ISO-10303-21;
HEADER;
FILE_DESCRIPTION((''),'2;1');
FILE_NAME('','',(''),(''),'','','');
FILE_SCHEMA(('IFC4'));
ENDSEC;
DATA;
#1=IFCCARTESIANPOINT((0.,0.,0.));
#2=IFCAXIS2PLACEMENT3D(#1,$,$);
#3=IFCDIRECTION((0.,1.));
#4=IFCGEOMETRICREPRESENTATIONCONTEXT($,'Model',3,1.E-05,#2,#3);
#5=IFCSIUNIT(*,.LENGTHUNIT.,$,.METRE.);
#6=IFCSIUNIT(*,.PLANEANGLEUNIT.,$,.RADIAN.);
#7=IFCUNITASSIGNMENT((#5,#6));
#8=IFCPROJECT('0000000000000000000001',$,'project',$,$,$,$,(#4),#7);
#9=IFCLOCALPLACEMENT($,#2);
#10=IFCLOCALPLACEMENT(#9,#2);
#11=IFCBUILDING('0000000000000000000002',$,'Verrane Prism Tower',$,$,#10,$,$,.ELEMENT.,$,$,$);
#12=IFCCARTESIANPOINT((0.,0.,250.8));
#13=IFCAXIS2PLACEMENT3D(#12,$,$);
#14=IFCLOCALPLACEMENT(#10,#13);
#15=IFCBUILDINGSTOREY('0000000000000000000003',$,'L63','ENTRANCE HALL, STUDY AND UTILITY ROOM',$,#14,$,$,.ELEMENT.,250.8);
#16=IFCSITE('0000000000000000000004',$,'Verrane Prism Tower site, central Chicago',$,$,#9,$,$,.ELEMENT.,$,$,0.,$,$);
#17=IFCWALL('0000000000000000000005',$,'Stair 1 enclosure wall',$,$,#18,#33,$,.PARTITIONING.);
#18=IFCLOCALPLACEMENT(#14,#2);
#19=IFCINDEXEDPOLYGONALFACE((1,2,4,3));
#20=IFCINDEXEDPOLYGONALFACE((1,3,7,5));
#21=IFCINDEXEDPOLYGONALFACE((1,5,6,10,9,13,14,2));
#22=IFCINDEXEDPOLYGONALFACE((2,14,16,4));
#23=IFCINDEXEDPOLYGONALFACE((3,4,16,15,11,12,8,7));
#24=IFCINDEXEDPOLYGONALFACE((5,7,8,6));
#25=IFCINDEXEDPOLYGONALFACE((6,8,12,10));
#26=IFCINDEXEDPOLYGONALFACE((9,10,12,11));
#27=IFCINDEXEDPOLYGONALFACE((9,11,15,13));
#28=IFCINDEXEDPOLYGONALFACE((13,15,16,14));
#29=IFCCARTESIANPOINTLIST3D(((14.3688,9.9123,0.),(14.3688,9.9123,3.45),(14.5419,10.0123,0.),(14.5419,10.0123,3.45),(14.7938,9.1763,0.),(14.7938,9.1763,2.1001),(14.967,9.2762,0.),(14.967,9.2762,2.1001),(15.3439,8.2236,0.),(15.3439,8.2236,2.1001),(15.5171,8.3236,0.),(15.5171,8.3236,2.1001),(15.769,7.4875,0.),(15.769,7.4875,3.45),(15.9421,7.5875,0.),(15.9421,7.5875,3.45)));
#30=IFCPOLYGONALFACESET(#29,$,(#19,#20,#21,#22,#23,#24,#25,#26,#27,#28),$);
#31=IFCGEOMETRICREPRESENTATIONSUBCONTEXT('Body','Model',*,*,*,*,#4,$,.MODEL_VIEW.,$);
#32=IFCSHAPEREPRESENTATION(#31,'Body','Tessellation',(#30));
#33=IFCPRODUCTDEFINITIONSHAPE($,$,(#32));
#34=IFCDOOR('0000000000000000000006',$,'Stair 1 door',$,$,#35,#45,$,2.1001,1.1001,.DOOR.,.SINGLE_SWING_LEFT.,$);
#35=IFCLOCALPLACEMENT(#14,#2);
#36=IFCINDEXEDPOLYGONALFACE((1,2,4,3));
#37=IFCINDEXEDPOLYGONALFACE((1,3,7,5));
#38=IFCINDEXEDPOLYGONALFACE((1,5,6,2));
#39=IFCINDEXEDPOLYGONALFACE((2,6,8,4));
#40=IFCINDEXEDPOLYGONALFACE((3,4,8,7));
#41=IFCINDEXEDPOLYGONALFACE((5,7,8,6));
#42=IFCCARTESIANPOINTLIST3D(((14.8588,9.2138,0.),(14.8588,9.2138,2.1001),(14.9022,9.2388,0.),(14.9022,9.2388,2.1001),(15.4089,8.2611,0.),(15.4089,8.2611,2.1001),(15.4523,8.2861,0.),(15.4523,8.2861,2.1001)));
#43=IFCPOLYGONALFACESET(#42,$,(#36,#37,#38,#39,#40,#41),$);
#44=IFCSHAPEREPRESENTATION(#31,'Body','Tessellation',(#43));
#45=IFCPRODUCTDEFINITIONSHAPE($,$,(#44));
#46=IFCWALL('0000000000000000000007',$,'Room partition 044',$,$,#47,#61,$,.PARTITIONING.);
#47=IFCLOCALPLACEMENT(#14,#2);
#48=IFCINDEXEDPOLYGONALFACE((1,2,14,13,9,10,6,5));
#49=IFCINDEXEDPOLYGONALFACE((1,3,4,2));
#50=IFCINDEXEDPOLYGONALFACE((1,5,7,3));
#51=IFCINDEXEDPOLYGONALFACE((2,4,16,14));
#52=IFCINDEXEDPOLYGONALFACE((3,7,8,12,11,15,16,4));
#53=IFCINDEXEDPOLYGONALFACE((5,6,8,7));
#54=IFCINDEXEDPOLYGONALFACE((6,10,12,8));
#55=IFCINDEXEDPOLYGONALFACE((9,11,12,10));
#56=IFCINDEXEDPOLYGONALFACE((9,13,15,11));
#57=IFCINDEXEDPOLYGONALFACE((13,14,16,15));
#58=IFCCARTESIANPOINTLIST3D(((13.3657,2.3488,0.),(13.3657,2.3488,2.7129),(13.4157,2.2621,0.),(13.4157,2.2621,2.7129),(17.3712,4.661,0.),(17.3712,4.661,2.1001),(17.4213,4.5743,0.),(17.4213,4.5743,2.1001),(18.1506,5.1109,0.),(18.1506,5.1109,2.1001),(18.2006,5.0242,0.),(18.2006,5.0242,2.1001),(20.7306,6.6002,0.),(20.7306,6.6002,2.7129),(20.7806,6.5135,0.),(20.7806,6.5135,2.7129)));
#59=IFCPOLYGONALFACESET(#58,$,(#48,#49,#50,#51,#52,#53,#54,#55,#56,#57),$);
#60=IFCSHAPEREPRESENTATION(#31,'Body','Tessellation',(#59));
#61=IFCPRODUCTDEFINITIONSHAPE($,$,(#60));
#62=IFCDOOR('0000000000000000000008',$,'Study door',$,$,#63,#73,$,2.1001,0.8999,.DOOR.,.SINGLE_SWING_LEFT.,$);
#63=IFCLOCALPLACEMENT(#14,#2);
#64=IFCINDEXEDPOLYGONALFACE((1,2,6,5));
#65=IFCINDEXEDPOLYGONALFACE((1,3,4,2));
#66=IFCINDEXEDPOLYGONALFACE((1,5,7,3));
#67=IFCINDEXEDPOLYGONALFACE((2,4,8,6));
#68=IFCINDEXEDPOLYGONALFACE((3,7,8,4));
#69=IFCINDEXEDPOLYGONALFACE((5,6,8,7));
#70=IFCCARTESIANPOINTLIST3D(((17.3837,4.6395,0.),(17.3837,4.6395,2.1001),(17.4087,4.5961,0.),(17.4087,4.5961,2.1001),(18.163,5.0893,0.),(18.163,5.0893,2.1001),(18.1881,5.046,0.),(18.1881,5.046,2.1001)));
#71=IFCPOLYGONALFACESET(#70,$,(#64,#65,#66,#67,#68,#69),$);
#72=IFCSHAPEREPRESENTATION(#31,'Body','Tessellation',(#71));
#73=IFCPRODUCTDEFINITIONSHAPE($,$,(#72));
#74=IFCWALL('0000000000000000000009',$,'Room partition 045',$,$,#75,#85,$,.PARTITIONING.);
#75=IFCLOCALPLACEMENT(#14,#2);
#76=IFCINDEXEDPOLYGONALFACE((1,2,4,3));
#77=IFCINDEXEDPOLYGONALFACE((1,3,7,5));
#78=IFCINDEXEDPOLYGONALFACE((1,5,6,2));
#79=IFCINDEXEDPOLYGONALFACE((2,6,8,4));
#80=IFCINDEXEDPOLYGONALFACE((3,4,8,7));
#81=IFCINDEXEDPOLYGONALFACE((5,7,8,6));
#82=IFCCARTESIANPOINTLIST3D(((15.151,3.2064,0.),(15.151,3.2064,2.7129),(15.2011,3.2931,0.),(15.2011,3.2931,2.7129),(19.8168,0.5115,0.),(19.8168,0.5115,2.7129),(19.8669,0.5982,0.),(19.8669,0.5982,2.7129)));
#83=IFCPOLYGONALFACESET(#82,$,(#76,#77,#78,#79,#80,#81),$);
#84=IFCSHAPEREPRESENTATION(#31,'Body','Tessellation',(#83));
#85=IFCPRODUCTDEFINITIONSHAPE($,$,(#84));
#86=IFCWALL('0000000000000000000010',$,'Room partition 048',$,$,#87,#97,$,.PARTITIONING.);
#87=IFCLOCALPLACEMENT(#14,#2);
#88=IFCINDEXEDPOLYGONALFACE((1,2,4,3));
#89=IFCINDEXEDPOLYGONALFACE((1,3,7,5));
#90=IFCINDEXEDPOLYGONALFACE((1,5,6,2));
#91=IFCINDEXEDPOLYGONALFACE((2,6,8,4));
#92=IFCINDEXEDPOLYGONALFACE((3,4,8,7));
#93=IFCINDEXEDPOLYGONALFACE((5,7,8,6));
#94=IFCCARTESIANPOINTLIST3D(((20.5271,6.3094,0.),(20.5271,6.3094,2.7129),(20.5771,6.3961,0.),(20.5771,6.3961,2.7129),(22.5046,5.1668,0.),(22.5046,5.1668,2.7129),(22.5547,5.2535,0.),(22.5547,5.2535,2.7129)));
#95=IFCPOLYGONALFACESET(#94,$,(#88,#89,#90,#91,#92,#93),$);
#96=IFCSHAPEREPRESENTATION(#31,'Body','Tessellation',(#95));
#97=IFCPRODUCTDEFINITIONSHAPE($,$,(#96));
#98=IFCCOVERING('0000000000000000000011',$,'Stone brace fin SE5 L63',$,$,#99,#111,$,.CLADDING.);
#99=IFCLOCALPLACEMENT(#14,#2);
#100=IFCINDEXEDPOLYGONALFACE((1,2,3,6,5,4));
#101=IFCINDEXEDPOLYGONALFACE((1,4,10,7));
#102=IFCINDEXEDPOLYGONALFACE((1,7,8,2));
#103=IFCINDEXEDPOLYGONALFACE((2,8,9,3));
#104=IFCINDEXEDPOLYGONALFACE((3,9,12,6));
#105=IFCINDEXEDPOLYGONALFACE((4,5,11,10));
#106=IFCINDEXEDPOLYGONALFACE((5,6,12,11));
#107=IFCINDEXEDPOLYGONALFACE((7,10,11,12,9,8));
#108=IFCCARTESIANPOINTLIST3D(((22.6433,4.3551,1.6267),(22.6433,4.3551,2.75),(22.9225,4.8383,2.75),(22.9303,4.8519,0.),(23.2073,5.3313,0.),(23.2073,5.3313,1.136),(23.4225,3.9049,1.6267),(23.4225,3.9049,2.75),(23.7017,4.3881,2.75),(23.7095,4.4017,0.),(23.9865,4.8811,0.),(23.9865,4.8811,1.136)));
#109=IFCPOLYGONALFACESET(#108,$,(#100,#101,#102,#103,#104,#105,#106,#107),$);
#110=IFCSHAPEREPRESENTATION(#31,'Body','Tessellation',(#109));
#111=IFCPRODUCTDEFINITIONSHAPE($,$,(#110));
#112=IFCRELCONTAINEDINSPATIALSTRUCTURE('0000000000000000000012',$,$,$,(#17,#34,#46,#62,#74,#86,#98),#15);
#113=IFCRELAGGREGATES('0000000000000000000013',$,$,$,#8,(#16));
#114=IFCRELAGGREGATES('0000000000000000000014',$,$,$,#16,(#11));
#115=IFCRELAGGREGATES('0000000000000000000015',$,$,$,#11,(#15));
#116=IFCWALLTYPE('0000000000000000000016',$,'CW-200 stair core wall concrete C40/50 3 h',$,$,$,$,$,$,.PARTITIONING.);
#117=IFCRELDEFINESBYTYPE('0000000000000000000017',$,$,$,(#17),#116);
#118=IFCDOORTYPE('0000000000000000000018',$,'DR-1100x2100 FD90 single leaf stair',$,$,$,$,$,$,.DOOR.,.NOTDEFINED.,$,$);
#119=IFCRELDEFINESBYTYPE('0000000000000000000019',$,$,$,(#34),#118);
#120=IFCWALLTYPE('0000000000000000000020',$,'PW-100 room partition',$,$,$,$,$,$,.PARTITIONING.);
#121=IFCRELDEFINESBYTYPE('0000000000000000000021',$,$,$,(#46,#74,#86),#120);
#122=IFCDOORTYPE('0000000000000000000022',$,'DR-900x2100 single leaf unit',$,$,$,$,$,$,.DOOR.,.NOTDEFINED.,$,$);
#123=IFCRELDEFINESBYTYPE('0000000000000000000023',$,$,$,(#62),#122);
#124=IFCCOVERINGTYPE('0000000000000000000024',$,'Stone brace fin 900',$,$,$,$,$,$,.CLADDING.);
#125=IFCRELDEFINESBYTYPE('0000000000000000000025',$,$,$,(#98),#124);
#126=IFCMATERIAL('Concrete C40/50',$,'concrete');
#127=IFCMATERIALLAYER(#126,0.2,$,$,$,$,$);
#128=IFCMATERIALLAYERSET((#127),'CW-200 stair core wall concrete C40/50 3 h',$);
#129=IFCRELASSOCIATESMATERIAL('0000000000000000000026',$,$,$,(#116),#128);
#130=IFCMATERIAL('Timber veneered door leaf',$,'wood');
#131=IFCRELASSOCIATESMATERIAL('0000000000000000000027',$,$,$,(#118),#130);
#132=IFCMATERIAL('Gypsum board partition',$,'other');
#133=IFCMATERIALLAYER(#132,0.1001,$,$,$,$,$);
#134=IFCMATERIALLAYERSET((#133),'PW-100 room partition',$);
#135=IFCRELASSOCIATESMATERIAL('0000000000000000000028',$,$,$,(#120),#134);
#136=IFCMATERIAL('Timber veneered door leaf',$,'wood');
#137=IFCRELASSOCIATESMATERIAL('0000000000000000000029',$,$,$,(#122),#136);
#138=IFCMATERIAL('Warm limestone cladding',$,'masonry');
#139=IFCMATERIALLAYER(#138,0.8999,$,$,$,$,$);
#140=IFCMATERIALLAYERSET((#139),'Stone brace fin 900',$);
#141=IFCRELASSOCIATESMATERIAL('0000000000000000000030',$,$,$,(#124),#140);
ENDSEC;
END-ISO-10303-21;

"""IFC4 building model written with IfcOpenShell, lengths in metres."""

from ifc_helpers import new_model, si_unit, direction, frame, frame_2d, origin, place, context, subcontext, project, spatial, polyline, rectangle, outline, extrude, material, layer, layer_set, type_object, element, fill, save


model = new_model("IFC4")

# Units and contexts
model_context = context("Model", 3, precision=1e-05, world=origin(), true_north=direction((0.0, 1.0)))
body_context = subcontext(model_context, "Body", "Model", "MODEL_VIEW")
ifc_project = project(units=[si_unit("LENGTHUNIT", "METRE"), si_unit("PLANEANGLEUNIT", "RADIAN")], contexts=[model_context])

# Site, building, storey
site_placement = place(None, origin())
site = spatial("IfcSite", under=ifc_project, at=site_placement, Name="Verrane Prism Tower site, central Chicago", CompositionType="ELEMENT", RefElevation=0.0)
building_placement = place(site_placement, origin())
building = spatial("IfcBuilding", under=site, at=building_placement, Name="Verrane Prism Tower", CompositionType="ELEMENT")
storey_placement = place(building_placement, frame((0.0, 0.0, 250.8)))
storey = spatial("IfcBuildingStorey", under=building, at=storey_placement, Name="L63", Description="ENTRANCE HALL, STUDY AND UTILITY ROOM", CompositionType="ELEMENT", Elevation=250.8)

# Walls, openings, doors
ifc_material_1 = material(Name="Concrete C40/50", Category="concrete")
ifc_layer_1 = layer(ifc_material_1, 0.2)
ifc_layer_set_1 = layer_set([ifc_layer_1], Name="CW-200 stair core wall concrete C40/50 3 h")
wall_type_1 = type_object("IfcWallType", Name="CW-200 stair core wall concrete C40/50 3 h", PredefinedType="PARTITIONING", material=ifc_layer_set_1)
wall_1_placement = place(storey_placement, frame((15.8555, 7.5376, 0.0), z_axis=(0.0, 0.0, 1.0), x_axis=(-0.50005, 0.865997, 0.0)))
wall_1 = element("IfcWall", 1, at=wall_1_placement, inside=storey, type_object=wall_type_1, Name="Stair 1 enclosure wall", PredefinedType="PARTITIONING", context=body_context, shape_type="SweptSolid", body=[
    extrude(rectangle(XDim=2.8, YDim=0.2, at=frame_2d((1.3999, 0.0))), origin(), (0.0, 0.0, 1.0), 3.45),
])
opening_1_placement = place(wall_1_placement, frame((0.8499, 0.0, 0.0)))
opening_1 = element("IfcOpeningElement", 2, at=opening_1_placement, cuts=wall_1, PredefinedType="OPENING", context=body_context, shape_type="SweptSolid", body=[
    extrude(rectangle(XDim=1.1001, YDim=2.1001, at=frame_2d((0.55, 1.05))), frame((0.0, 0.1099, 0.0), z_axis=(0.0, -1.0, 0.0), x_axis=(1.0, 0.0, 0.0)), (0.0, 0.0, 1.0), 0.22),
])
ifc_material_2 = material(Name="Timber veneered door leaf", Category="wood")
door_type_1 = type_object("IfcDoorType", Name="DR-1100x2100 FD90 single leaf stair", OperationType="NOTDEFINED", PredefinedType="DOOR", material=ifc_material_2)
door_1_placement = place(opening_1_placement, origin())
door_1 = element("IfcDoor", 3, at=door_1_placement, inside=storey, type_object=door_type_1, Name="Stair 1 door", OperationType="SINGLE_SWING_LEFT", OverallHeight=2.1001, OverallWidth=1.1001, PredefinedType="DOOR", context=body_context, shape_type="SweptSolid", body=[
    extrude(rectangle(XDim=1.1001, YDim=2.1001, at=frame_2d((0.55, 1.05))), frame((0.0, 0.0249, 0.0), z_axis=(0.0, -1.0, 0.0), x_axis=(1.0, 0.0, 0.0)), (0.0, 0.0, 1.0), 0.05),
])
fill(opening_1, door_1)
ifc_material_3 = material(Name="Gypsum board partition", Category="other")
ifc_layer_2 = layer(ifc_material_3, 0.1001)
ifc_layer_set_2 = layer_set([ifc_layer_2], Name="PW-100 room partition")
wall_type_2 = type_object("IfcWallType", Name="PW-100 room partition", PredefinedType="PARTITIONING", material=ifc_layer_set_2)
wall_2_placement = place(storey_placement, frame((20.7556, 6.5569, 0.0), z_axis=(0.0, 0.0, 1.0), x_axis=(-0.866062, -0.499937, 0.0)))
wall_2 = element("IfcWall", 4, at=wall_2_placement, inside=storey, type_object=wall_type_2, Name="Room partition 044", PredefinedType="PARTITIONING", context=body_context, shape_type="SweptSolid", body=[
    extrude(rectangle(XDim=8.5039, YDim=0.1001, at=frame_2d((4.252, 0.0))), origin(), (0.0, 0.0, 1.0), 2.7129),
])
opening_2_placement = place(wall_2_placement, frame((2.979, 0.0, 0.0)))
opening_2 = element("IfcOpeningElement", 5, at=opening_2_placement, cuts=wall_2, PredefinedType="OPENING", context=body_context, shape_type="SweptSolid", body=[
    extrude(rectangle(XDim=0.8999, YDim=2.1001, at=frame_2d((0.45, 1.05))), frame((0.0, 0.0601, 0.0), z_axis=(0.0, -1.0, 0.0), x_axis=(1.0, 0.0, 0.0)), (0.0, 0.0, 1.0), 0.1201),
])
ifc_material_4 = material(Name="Timber veneered door leaf", Category="wood")
door_type_2 = type_object("IfcDoorType", Name="DR-900x2100 single leaf unit", OperationType="NOTDEFINED", PredefinedType="DOOR", material=ifc_material_4)
door_2_placement = place(opening_2_placement, origin())
door_2 = element("IfcDoor", 6, at=door_2_placement, inside=storey, type_object=door_type_2, Name="Study door", OperationType="SINGLE_SWING_LEFT", OverallHeight=2.1001, OverallWidth=0.8999, PredefinedType="DOOR", context=body_context, shape_type="SweptSolid", body=[
    extrude(rectangle(XDim=0.8999, YDim=2.1001, at=frame_2d((0.45, 1.05))), frame((0.0, 0.0249, 0.0), z_axis=(0.0, -1.0, 0.0), x_axis=(1.0, 0.0, 0.0)), (0.0, 0.0, 1.0), 0.05),
])
fill(opening_2, door_2)

# Walls
wall_3_placement = place(storey_placement, frame((15.176, 3.2498, 0.0), z_axis=(0.0, 0.0, 1.0), x_axis=(0.865942, -0.500145, 0.0)))
element("IfcWall", 7, at=wall_3_placement, inside=storey, type_object=wall_type_2, Name="Room partition 045", PredefinedType="PARTITIONING", context=body_context, shape_type="SweptSolid", body=[
    extrude(rectangle(XDim=5.3882, YDim=0.1001, at=frame_2d((2.6941, 0.0))), origin(), (0.0, 0.0, 1.0), 2.7129),
])
wall_4_placement = place(storey_placement, frame((20.552, 6.3528, 0.0), z_axis=(0.0, 0.0, 1.0), x_axis=(0.865865, -0.500278, 0.0)))
element("IfcWall", 8, at=wall_4_placement, inside=storey, type_object=wall_type_2, Name="Room partition 048", PredefinedType="PARTITIONING", context=body_context, shape_type="SweptSolid", body=[
    extrude(rectangle(XDim=2.2839, YDim=0.1001, at=frame_2d((1.1421, 0.0))), origin(), (0.0, 0.0, 1.0), 2.7129),
])

# Covering
ifc_material_5 = material(Name="Warm limestone cladding", Category="masonry")
ifc_layer_3 = layer(ifc_material_5, 0.8999)
ifc_layer_set_3 = layer_set([ifc_layer_3], Name="Stone brace fin 900")
covering_type = type_object("IfcCoveringType", Name="Stone brace fin 900", PredefinedType="CLADDING", material=ifc_layer_set_3)
covering_placement = place(storey_placement, frame((23.5969, 5.1062, 0.0), z_axis=(0.0, 0.0, 1.0), x_axis=(-0.500285, -0.865861, 0.0)))
element("IfcCovering", 9, at=covering_placement, inside=storey, type_object=covering_type, Name="Stone brace fin SE5 L63", PredefinedType="CLADDING", context=body_context, shape_type="SweptSolid", body=[
    extrude(outline(polyline([(1.1274, 2.75), (0.5693, 2.75), (0.0, 1.136), (0.0, 0.0), (0.5537, 0.0), (1.1274, 1.6267), (1.1274, 2.75)])), frame((0.0, 0.45, 0.0), z_axis=(0.0, -1.0, 0.0), x_axis=(1.0, 0.0, 0.0)), (0.0, 0.0, 1.0), 0.8999),
])

save(model, "model.ifc")
